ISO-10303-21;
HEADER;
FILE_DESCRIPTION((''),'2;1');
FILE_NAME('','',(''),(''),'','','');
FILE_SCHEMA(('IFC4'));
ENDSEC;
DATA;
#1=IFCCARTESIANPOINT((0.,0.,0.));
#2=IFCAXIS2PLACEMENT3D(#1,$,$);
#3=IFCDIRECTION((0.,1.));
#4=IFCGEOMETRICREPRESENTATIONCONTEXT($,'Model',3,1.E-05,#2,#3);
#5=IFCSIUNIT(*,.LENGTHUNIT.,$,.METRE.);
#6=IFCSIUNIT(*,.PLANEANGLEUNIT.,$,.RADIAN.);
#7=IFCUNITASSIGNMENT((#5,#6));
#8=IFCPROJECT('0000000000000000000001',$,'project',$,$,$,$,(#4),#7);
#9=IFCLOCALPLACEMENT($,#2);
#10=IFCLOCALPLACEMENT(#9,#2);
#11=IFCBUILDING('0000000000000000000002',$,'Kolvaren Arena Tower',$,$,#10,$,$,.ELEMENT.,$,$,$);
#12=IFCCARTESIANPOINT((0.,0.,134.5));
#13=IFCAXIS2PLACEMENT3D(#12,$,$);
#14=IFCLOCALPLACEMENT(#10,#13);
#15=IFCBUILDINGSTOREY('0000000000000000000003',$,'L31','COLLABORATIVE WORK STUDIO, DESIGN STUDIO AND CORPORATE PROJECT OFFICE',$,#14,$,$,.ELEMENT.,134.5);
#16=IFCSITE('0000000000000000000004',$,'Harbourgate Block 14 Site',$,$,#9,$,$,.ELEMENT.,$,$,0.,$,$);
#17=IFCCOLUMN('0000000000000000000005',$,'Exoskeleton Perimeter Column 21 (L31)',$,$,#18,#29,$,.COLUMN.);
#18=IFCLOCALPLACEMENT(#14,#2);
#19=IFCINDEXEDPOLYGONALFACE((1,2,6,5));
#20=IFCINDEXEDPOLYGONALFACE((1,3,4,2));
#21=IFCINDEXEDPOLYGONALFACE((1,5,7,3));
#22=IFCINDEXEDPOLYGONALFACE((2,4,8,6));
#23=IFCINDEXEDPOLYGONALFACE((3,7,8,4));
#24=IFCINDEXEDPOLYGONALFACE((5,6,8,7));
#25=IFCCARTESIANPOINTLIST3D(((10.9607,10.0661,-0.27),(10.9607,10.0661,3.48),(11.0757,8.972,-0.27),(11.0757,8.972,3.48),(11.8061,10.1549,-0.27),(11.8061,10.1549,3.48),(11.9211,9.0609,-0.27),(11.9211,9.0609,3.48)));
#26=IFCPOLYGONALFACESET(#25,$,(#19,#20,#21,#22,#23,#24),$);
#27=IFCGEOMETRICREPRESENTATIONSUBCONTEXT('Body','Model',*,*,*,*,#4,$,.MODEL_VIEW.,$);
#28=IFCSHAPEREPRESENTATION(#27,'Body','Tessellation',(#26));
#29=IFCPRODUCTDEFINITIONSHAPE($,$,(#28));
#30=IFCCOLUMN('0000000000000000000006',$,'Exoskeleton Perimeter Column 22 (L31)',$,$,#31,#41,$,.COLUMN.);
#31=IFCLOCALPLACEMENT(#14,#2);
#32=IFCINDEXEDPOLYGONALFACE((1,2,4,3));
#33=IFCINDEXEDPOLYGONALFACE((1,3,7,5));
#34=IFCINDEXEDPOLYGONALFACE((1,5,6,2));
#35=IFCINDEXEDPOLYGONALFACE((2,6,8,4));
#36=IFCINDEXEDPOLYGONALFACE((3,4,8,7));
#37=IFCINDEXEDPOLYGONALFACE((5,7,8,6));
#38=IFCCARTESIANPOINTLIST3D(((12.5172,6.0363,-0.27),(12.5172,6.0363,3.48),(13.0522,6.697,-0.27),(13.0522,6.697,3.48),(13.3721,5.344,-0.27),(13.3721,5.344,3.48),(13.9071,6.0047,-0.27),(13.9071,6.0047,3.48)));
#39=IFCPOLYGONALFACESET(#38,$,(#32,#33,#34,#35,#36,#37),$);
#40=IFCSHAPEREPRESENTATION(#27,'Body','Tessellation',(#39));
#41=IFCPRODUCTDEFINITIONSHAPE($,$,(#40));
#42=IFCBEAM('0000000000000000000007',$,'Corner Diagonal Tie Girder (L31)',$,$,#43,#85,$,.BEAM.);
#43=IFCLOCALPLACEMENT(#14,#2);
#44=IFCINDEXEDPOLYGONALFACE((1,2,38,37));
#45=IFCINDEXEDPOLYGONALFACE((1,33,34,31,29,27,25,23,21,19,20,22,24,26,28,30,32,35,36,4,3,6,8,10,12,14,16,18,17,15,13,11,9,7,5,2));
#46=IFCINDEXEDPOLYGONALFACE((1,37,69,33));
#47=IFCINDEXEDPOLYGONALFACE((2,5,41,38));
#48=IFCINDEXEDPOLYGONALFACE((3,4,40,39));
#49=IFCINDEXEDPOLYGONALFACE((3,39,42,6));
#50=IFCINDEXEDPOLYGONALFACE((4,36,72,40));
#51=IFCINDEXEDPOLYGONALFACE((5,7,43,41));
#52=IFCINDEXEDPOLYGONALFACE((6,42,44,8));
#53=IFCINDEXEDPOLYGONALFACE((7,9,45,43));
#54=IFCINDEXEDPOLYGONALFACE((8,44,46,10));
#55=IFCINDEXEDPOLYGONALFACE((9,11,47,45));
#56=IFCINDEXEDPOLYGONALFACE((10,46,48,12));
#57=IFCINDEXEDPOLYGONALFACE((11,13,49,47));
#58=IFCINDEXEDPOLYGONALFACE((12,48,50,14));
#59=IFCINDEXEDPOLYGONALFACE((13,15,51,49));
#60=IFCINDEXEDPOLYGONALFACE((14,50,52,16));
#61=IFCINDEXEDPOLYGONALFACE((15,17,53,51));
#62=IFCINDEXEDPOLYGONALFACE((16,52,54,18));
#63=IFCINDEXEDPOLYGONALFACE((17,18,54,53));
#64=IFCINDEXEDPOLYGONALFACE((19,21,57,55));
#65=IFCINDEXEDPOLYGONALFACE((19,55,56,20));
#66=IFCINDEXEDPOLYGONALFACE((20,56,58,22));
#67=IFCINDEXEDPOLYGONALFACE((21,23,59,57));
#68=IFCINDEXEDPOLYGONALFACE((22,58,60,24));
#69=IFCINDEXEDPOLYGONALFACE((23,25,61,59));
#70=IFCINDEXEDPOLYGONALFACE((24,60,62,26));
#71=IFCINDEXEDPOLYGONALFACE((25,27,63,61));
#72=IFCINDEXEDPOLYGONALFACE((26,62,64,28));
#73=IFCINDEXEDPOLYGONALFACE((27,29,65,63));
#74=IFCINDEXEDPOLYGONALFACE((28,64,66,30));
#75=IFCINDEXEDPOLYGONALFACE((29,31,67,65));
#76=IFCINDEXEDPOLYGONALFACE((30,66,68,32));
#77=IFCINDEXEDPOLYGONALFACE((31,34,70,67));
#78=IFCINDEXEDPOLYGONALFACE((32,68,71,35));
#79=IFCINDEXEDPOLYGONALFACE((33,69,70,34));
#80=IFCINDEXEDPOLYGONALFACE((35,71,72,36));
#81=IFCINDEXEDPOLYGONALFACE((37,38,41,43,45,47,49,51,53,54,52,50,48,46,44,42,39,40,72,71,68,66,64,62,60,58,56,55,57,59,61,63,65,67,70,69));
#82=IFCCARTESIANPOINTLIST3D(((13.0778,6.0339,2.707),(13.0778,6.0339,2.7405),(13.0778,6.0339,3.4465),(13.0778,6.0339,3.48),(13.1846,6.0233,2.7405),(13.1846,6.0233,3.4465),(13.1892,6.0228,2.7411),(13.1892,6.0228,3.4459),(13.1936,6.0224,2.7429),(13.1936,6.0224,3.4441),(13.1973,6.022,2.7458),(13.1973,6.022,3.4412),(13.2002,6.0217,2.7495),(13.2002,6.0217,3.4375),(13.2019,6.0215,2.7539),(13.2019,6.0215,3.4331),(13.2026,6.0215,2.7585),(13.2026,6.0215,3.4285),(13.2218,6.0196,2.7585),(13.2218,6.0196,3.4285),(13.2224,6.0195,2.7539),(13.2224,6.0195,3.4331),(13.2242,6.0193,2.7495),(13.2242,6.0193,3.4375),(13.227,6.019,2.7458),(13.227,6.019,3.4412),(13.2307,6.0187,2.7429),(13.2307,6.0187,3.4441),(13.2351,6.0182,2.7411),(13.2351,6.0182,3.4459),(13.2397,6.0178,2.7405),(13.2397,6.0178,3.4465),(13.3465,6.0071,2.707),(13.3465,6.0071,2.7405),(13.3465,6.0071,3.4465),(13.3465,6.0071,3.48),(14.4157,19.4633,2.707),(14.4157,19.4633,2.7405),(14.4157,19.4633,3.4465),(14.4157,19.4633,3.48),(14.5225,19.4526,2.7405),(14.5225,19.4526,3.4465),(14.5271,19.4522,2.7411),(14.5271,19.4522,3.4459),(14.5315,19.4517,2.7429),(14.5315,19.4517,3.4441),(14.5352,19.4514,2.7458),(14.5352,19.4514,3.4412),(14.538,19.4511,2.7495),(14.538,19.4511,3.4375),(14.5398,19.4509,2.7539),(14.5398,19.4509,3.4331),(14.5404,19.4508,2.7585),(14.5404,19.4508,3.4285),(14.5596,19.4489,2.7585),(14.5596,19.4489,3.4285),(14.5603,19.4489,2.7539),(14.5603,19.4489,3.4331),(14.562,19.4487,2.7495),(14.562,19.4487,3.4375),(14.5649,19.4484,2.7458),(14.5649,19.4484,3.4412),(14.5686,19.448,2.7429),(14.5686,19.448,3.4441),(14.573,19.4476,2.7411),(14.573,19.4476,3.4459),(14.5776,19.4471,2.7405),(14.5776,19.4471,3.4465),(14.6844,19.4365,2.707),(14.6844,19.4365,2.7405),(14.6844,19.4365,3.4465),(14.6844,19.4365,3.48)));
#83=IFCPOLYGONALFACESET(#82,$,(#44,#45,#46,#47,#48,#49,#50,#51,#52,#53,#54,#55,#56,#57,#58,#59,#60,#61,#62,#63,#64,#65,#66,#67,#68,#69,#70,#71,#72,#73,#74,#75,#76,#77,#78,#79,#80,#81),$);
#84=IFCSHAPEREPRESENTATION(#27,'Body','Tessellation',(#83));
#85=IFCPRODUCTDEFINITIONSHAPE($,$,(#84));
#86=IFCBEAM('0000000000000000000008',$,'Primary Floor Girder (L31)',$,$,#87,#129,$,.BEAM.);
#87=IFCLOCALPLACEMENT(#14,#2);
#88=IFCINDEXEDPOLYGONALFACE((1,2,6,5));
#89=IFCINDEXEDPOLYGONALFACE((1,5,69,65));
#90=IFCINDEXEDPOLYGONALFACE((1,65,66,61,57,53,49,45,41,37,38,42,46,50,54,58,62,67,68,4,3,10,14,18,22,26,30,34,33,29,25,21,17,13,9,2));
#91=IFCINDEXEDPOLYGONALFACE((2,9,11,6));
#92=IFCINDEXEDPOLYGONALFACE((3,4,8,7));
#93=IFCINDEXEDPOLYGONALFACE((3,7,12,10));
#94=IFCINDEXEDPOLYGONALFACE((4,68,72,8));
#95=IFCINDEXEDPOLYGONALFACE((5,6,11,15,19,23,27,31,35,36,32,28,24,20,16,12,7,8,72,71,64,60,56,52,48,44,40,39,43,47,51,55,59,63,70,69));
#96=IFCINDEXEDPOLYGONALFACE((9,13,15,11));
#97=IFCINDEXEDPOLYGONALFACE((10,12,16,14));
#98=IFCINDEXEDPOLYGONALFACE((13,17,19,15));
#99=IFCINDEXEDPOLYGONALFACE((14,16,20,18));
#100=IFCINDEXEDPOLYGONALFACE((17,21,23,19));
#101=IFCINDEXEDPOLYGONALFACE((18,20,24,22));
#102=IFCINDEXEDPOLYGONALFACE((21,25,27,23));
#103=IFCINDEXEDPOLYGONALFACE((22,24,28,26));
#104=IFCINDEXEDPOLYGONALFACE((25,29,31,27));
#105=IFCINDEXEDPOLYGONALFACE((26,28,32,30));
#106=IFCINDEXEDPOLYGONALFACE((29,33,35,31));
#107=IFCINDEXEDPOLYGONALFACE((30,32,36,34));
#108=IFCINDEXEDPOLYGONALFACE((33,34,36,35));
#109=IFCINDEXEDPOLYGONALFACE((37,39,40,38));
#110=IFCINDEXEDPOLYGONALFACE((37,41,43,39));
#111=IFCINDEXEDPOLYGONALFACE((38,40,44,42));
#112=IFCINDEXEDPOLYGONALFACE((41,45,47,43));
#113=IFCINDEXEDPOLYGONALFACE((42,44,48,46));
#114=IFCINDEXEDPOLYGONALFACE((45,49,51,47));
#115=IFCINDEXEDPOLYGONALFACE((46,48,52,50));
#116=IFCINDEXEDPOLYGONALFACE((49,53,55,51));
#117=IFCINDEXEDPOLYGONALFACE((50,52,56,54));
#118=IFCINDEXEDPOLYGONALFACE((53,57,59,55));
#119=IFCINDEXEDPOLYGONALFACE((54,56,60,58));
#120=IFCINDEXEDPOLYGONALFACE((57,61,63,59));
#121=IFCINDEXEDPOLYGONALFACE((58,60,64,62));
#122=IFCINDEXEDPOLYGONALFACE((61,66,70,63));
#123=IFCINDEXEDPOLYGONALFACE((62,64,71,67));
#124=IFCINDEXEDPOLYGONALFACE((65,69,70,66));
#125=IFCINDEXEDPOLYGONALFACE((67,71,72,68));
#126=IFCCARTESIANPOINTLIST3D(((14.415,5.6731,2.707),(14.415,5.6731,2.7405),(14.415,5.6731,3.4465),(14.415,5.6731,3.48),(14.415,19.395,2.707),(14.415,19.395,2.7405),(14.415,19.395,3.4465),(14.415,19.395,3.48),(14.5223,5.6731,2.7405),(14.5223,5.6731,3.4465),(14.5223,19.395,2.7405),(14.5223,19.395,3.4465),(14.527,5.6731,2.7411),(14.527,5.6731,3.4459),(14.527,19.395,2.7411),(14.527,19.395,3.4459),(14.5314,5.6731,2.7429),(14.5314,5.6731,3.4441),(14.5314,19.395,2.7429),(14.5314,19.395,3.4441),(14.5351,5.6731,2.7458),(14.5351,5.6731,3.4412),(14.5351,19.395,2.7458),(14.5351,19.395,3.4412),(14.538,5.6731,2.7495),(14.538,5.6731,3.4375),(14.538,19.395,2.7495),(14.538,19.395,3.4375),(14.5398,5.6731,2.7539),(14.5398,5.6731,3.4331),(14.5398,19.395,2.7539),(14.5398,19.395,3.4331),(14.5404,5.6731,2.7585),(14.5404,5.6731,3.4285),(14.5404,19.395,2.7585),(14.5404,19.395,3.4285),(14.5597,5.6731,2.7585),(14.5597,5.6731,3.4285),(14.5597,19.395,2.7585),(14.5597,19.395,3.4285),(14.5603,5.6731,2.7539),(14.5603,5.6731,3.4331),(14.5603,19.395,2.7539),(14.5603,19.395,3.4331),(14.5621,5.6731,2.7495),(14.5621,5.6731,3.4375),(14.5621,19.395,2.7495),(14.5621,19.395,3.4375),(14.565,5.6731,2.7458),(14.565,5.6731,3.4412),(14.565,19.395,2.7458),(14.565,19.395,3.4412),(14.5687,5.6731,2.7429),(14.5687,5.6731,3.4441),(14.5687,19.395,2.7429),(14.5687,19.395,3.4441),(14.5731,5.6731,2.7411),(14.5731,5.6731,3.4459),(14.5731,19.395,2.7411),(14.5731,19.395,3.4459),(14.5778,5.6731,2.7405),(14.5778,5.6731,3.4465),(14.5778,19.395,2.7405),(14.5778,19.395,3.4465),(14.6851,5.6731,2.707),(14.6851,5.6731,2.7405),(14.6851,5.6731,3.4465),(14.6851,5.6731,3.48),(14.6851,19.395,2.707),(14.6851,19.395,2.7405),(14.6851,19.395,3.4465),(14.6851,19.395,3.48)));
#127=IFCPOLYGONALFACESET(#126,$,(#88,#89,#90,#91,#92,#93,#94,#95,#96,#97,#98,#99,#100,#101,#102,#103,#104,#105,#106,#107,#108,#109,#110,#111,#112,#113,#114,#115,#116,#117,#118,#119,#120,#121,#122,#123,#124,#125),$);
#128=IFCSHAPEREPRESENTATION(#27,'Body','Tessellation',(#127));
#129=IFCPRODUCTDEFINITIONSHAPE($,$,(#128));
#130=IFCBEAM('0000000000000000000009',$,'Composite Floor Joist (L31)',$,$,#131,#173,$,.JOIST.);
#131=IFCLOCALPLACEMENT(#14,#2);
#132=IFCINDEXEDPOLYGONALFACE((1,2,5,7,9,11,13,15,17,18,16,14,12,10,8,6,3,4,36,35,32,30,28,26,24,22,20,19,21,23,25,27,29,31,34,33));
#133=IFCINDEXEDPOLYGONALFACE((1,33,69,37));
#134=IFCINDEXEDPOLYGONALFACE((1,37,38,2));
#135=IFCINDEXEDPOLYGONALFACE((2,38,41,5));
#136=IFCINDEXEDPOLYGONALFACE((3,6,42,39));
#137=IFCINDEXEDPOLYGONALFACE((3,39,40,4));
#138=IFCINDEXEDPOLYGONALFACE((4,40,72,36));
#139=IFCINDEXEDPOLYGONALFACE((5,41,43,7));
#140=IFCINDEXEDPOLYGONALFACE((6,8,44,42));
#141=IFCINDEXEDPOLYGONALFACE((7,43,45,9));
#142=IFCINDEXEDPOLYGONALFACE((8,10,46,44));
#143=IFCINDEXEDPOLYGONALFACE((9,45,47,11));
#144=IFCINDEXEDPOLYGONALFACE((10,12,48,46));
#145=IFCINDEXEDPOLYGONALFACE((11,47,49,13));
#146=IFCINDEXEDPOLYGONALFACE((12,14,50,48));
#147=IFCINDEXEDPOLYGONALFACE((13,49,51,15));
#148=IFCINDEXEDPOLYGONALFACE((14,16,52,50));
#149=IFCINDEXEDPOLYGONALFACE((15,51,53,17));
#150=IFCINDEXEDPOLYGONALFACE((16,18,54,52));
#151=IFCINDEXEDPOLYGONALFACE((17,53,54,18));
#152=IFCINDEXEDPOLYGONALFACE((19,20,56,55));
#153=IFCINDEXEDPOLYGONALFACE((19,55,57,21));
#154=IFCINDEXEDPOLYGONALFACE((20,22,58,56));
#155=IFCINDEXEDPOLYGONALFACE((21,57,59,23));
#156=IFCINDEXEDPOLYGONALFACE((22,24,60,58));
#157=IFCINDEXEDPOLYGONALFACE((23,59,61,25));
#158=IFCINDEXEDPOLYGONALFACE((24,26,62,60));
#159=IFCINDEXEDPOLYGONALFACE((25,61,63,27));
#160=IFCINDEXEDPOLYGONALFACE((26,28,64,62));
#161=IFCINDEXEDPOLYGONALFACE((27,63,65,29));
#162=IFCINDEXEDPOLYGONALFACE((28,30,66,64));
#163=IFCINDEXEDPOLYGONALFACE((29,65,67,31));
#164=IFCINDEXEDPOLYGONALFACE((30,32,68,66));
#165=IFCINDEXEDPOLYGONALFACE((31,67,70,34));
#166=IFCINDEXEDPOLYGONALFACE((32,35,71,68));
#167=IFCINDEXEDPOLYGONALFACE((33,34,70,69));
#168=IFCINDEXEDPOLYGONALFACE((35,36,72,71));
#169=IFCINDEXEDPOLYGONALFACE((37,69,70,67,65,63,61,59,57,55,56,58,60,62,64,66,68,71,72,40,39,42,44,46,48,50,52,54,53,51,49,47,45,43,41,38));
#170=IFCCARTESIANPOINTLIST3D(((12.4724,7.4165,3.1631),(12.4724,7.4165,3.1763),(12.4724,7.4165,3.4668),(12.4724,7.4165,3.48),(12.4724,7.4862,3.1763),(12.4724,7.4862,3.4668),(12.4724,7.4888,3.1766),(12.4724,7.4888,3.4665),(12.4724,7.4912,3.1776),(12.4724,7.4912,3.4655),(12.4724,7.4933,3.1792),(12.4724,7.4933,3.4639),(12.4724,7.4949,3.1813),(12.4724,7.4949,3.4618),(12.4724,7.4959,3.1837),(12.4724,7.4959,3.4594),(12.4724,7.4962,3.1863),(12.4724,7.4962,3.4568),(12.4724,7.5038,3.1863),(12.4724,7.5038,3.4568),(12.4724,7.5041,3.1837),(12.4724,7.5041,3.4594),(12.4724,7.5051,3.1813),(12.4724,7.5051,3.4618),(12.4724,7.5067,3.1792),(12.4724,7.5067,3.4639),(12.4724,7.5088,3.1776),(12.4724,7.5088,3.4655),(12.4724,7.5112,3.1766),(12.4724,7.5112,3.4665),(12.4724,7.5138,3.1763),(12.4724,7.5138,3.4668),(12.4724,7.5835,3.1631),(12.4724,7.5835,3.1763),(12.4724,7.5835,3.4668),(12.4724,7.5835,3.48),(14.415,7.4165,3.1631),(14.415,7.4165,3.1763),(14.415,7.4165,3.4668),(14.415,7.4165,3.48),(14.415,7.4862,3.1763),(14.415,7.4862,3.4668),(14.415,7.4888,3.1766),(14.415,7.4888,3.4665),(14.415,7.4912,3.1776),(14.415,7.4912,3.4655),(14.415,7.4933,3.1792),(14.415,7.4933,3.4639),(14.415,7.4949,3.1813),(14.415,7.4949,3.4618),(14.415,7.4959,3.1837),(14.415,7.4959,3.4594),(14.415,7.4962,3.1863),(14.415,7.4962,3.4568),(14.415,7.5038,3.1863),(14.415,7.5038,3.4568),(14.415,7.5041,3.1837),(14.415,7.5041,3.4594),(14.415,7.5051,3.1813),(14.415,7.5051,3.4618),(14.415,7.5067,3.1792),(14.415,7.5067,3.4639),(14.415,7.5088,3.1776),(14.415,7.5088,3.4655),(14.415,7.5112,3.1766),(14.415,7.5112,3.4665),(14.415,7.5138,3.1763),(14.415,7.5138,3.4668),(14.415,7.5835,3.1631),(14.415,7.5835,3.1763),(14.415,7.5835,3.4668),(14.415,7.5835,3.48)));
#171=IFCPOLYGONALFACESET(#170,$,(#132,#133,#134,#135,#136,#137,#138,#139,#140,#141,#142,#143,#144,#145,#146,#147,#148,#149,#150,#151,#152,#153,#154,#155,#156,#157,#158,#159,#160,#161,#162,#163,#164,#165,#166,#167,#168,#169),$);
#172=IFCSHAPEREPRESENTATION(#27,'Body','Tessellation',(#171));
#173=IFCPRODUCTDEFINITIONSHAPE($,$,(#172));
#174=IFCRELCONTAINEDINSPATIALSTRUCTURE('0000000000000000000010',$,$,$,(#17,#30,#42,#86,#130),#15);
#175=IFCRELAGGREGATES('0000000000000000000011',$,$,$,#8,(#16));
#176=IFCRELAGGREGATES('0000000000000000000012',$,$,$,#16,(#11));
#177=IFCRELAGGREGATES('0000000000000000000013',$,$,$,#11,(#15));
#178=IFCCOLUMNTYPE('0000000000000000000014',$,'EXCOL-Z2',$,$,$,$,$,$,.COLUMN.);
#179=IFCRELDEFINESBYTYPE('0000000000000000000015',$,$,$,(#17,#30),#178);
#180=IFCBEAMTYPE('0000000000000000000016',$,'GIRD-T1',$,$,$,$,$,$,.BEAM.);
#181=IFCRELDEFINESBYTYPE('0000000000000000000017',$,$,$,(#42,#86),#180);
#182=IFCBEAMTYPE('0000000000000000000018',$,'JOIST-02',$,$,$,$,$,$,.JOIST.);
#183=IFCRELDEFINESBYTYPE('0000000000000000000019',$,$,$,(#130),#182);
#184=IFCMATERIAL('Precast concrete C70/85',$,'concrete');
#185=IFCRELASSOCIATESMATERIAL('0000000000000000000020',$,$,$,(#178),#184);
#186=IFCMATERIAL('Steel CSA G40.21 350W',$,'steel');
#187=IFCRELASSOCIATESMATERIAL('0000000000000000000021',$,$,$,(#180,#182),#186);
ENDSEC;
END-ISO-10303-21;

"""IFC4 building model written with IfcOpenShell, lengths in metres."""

from ifc_helpers import new_model, si_unit, direction, frame, origin, origin_2d, place, context, subcontext, project, spatial, rectangle, i_section, extrude, material, material_profile, profile_set, type_object, element, save


model = new_model("IFC4")

# Units and contexts
model_context = context("Model", 3, precision=1e-05, world=origin(), true_north=direction((0.0, 1.0)))
body_context = subcontext(model_context, "Body", "Model", "MODEL_VIEW")
ifc_project = project(units=[si_unit("LENGTHUNIT", "METRE"), si_unit("PLANEANGLEUNIT", "RADIAN")], contexts=[model_context])

# Site, building, storey
site_placement = place(None, origin())
site = spatial("IfcSite", under=ifc_project, at=site_placement, Name="Harbourgate Block 14 Site", CompositionType="ELEMENT", RefElevation=0.0)
building_placement = place(site_placement, origin())
building = spatial("IfcBuilding", under=site, at=building_placement, Name="Kolvaren Arena Tower", CompositionType="ELEMENT")
storey_placement = place(building_placement, frame((0.0, 0.0, 134.5)))
storey = spatial("IfcBuildingStorey", under=building, at=storey_placement, Name="L31", Description="COLLABORATIVE WORK STUDIO, DESIGN STUDIO AND CORPORATE PROJECT OFFICE", CompositionType="ELEMENT", Elevation=134.5)

# Columns
ifc_material_1 = material(Name="Precast concrete C70/85", Category="concrete")
ifc_material_profile_1 = material_profile(ifc_material_1, rectangle(XDim=1.1001, YDim=0.8501, at=origin_2d()), Name="RC-1100x850")
ifc_profile_set_1 = profile_set([ifc_material_profile_1], Name="Precast concrete C70/85")
column_type = type_object("IfcColumnType", Name="EXCOL-Z2", PredefinedType="COLUMN", material=ifc_profile_set_1)
for number, where, z_axis, x_axis, name in (
    (1, (11.4409, 9.5635, -0.27), (0.0, 0.0, 1.0), (-0.104528, 0.994522, 0.0), "Exoskeleton Perimeter Column 21 (L31)"),
    (2, (13.2122, 6.0205, -0.27), (0.0, 0.0, 1.0), (-0.777146, 0.62932, 0.0), "Exoskeleton Perimeter Column 22 (L31)"),
):
    element("IfcColumn", number, at=place(storey_placement, frame(where, z_axis=z_axis, x_axis=x_axis)), inside=storey, type_object=column_type, Name=name, PredefinedType="COLUMN", context=body_context, shape_type="SweptSolid", body=[
        extrude(rectangle(XDim=1.1001, YDim=0.8501, at=origin_2d()), origin(), (0.0, 0.0, 1.0), 3.75),
    ])

# Beams
ifc_material_2 = material(Name="Steel CSA G40.21 350W", Category="steel")
ifc_material_profile_2 = material_profile(ifc_material_2, i_section(OverallWidth=0.27, OverallDepth=0.7729, WebThickness=0.0193, FlangeThickness=0.0334, FilletRadius=0.0181, at=origin_2d()), Name="W760x257")
ifc_profile_set_2 = profile_set([ifc_material_profile_2], Name="Steel CSA G40.21 350W")
beam_type_1 = type_object("IfcBeamType", Name="GIRD-T1", PredefinedType="BEAM", material=ifc_profile_set_2)
beam_1_placement = place(storey_placement, frame((13.2122, 6.0205, 3.0935), z_axis=(0.099133, 0.995074, 0.0), x_axis=(-0.995074, 0.099133, 0.0)))
element("IfcBeam", 3, at=beam_1_placement, inside=storey, type_object=beam_type_1, Name="Corner Diagonal Tie Girder (L31)", PredefinedType="BEAM", context=body_context, shape_type="SweptSolid", body=[
    extrude(i_section(OverallWidth=0.27, OverallDepth=0.7729, WebThickness=0.0193, FlangeThickness=0.0334, FilletRadius=0.0181, at=origin_2d()), origin(), (0.0, 0.0, 1.0), 13.4958),
])
beam_2_placement = place(storey_placement, frame((14.55, 5.6731, 3.0935), z_axis=(0.0, 1.0, 0.0), x_axis=(-1.0, 0.0, 0.0)))
element("IfcBeam", 4, at=beam_2_placement, inside=storey, type_object=beam_type_1, Name="Primary Floor Girder (L31)", PredefinedType="BEAM", context=body_context, shape_type="SweptSolid", body=[
    extrude(i_section(OverallWidth=0.27, OverallDepth=0.7729, WebThickness=0.0193, FlangeThickness=0.0334, FilletRadius=0.0181, at=origin_2d()), origin(), (0.0, 0.0, 1.0), 13.7219),
])
ifc_material_profile_3 = material_profile(ifc_material_2, i_section(OverallWidth=0.167, OverallDepth=0.3169, WebThickness=0.0076, FlangeThickness=0.0132, FilletRadius=0.01, at=origin_2d()), Name="W310x52")
ifc_profile_set_3 = profile_set([ifc_material_profile_3], Name="Steel CSA G40.21 350W")
beam_type_2 = type_object("IfcBeamType", Name="JOIST-02", PredefinedType="JOIST", material=ifc_profile_set_3)
beam_3_placement = place(storey_placement, frame((12.4724, 7.5, 3.3215), z_axis=(1.0, 0.0, 0.0), x_axis=(0.0, 1.0, 0.0)))
element("IfcBeam", 5, at=beam_3_placement, inside=storey, type_object=beam_type_2, Name="Composite Floor Joist (L31)", PredefinedType="JOIST", context=body_context, shape_type="SweptSolid", body=[
    extrude(i_section(OverallWidth=0.167, OverallDepth=0.3169, WebThickness=0.0076, FlangeThickness=0.0132, FilletRadius=0.01, at=origin_2d()), origin(), (0.0, 0.0, 1.0), 1.9426),
])

save(model, "model.ifc")
